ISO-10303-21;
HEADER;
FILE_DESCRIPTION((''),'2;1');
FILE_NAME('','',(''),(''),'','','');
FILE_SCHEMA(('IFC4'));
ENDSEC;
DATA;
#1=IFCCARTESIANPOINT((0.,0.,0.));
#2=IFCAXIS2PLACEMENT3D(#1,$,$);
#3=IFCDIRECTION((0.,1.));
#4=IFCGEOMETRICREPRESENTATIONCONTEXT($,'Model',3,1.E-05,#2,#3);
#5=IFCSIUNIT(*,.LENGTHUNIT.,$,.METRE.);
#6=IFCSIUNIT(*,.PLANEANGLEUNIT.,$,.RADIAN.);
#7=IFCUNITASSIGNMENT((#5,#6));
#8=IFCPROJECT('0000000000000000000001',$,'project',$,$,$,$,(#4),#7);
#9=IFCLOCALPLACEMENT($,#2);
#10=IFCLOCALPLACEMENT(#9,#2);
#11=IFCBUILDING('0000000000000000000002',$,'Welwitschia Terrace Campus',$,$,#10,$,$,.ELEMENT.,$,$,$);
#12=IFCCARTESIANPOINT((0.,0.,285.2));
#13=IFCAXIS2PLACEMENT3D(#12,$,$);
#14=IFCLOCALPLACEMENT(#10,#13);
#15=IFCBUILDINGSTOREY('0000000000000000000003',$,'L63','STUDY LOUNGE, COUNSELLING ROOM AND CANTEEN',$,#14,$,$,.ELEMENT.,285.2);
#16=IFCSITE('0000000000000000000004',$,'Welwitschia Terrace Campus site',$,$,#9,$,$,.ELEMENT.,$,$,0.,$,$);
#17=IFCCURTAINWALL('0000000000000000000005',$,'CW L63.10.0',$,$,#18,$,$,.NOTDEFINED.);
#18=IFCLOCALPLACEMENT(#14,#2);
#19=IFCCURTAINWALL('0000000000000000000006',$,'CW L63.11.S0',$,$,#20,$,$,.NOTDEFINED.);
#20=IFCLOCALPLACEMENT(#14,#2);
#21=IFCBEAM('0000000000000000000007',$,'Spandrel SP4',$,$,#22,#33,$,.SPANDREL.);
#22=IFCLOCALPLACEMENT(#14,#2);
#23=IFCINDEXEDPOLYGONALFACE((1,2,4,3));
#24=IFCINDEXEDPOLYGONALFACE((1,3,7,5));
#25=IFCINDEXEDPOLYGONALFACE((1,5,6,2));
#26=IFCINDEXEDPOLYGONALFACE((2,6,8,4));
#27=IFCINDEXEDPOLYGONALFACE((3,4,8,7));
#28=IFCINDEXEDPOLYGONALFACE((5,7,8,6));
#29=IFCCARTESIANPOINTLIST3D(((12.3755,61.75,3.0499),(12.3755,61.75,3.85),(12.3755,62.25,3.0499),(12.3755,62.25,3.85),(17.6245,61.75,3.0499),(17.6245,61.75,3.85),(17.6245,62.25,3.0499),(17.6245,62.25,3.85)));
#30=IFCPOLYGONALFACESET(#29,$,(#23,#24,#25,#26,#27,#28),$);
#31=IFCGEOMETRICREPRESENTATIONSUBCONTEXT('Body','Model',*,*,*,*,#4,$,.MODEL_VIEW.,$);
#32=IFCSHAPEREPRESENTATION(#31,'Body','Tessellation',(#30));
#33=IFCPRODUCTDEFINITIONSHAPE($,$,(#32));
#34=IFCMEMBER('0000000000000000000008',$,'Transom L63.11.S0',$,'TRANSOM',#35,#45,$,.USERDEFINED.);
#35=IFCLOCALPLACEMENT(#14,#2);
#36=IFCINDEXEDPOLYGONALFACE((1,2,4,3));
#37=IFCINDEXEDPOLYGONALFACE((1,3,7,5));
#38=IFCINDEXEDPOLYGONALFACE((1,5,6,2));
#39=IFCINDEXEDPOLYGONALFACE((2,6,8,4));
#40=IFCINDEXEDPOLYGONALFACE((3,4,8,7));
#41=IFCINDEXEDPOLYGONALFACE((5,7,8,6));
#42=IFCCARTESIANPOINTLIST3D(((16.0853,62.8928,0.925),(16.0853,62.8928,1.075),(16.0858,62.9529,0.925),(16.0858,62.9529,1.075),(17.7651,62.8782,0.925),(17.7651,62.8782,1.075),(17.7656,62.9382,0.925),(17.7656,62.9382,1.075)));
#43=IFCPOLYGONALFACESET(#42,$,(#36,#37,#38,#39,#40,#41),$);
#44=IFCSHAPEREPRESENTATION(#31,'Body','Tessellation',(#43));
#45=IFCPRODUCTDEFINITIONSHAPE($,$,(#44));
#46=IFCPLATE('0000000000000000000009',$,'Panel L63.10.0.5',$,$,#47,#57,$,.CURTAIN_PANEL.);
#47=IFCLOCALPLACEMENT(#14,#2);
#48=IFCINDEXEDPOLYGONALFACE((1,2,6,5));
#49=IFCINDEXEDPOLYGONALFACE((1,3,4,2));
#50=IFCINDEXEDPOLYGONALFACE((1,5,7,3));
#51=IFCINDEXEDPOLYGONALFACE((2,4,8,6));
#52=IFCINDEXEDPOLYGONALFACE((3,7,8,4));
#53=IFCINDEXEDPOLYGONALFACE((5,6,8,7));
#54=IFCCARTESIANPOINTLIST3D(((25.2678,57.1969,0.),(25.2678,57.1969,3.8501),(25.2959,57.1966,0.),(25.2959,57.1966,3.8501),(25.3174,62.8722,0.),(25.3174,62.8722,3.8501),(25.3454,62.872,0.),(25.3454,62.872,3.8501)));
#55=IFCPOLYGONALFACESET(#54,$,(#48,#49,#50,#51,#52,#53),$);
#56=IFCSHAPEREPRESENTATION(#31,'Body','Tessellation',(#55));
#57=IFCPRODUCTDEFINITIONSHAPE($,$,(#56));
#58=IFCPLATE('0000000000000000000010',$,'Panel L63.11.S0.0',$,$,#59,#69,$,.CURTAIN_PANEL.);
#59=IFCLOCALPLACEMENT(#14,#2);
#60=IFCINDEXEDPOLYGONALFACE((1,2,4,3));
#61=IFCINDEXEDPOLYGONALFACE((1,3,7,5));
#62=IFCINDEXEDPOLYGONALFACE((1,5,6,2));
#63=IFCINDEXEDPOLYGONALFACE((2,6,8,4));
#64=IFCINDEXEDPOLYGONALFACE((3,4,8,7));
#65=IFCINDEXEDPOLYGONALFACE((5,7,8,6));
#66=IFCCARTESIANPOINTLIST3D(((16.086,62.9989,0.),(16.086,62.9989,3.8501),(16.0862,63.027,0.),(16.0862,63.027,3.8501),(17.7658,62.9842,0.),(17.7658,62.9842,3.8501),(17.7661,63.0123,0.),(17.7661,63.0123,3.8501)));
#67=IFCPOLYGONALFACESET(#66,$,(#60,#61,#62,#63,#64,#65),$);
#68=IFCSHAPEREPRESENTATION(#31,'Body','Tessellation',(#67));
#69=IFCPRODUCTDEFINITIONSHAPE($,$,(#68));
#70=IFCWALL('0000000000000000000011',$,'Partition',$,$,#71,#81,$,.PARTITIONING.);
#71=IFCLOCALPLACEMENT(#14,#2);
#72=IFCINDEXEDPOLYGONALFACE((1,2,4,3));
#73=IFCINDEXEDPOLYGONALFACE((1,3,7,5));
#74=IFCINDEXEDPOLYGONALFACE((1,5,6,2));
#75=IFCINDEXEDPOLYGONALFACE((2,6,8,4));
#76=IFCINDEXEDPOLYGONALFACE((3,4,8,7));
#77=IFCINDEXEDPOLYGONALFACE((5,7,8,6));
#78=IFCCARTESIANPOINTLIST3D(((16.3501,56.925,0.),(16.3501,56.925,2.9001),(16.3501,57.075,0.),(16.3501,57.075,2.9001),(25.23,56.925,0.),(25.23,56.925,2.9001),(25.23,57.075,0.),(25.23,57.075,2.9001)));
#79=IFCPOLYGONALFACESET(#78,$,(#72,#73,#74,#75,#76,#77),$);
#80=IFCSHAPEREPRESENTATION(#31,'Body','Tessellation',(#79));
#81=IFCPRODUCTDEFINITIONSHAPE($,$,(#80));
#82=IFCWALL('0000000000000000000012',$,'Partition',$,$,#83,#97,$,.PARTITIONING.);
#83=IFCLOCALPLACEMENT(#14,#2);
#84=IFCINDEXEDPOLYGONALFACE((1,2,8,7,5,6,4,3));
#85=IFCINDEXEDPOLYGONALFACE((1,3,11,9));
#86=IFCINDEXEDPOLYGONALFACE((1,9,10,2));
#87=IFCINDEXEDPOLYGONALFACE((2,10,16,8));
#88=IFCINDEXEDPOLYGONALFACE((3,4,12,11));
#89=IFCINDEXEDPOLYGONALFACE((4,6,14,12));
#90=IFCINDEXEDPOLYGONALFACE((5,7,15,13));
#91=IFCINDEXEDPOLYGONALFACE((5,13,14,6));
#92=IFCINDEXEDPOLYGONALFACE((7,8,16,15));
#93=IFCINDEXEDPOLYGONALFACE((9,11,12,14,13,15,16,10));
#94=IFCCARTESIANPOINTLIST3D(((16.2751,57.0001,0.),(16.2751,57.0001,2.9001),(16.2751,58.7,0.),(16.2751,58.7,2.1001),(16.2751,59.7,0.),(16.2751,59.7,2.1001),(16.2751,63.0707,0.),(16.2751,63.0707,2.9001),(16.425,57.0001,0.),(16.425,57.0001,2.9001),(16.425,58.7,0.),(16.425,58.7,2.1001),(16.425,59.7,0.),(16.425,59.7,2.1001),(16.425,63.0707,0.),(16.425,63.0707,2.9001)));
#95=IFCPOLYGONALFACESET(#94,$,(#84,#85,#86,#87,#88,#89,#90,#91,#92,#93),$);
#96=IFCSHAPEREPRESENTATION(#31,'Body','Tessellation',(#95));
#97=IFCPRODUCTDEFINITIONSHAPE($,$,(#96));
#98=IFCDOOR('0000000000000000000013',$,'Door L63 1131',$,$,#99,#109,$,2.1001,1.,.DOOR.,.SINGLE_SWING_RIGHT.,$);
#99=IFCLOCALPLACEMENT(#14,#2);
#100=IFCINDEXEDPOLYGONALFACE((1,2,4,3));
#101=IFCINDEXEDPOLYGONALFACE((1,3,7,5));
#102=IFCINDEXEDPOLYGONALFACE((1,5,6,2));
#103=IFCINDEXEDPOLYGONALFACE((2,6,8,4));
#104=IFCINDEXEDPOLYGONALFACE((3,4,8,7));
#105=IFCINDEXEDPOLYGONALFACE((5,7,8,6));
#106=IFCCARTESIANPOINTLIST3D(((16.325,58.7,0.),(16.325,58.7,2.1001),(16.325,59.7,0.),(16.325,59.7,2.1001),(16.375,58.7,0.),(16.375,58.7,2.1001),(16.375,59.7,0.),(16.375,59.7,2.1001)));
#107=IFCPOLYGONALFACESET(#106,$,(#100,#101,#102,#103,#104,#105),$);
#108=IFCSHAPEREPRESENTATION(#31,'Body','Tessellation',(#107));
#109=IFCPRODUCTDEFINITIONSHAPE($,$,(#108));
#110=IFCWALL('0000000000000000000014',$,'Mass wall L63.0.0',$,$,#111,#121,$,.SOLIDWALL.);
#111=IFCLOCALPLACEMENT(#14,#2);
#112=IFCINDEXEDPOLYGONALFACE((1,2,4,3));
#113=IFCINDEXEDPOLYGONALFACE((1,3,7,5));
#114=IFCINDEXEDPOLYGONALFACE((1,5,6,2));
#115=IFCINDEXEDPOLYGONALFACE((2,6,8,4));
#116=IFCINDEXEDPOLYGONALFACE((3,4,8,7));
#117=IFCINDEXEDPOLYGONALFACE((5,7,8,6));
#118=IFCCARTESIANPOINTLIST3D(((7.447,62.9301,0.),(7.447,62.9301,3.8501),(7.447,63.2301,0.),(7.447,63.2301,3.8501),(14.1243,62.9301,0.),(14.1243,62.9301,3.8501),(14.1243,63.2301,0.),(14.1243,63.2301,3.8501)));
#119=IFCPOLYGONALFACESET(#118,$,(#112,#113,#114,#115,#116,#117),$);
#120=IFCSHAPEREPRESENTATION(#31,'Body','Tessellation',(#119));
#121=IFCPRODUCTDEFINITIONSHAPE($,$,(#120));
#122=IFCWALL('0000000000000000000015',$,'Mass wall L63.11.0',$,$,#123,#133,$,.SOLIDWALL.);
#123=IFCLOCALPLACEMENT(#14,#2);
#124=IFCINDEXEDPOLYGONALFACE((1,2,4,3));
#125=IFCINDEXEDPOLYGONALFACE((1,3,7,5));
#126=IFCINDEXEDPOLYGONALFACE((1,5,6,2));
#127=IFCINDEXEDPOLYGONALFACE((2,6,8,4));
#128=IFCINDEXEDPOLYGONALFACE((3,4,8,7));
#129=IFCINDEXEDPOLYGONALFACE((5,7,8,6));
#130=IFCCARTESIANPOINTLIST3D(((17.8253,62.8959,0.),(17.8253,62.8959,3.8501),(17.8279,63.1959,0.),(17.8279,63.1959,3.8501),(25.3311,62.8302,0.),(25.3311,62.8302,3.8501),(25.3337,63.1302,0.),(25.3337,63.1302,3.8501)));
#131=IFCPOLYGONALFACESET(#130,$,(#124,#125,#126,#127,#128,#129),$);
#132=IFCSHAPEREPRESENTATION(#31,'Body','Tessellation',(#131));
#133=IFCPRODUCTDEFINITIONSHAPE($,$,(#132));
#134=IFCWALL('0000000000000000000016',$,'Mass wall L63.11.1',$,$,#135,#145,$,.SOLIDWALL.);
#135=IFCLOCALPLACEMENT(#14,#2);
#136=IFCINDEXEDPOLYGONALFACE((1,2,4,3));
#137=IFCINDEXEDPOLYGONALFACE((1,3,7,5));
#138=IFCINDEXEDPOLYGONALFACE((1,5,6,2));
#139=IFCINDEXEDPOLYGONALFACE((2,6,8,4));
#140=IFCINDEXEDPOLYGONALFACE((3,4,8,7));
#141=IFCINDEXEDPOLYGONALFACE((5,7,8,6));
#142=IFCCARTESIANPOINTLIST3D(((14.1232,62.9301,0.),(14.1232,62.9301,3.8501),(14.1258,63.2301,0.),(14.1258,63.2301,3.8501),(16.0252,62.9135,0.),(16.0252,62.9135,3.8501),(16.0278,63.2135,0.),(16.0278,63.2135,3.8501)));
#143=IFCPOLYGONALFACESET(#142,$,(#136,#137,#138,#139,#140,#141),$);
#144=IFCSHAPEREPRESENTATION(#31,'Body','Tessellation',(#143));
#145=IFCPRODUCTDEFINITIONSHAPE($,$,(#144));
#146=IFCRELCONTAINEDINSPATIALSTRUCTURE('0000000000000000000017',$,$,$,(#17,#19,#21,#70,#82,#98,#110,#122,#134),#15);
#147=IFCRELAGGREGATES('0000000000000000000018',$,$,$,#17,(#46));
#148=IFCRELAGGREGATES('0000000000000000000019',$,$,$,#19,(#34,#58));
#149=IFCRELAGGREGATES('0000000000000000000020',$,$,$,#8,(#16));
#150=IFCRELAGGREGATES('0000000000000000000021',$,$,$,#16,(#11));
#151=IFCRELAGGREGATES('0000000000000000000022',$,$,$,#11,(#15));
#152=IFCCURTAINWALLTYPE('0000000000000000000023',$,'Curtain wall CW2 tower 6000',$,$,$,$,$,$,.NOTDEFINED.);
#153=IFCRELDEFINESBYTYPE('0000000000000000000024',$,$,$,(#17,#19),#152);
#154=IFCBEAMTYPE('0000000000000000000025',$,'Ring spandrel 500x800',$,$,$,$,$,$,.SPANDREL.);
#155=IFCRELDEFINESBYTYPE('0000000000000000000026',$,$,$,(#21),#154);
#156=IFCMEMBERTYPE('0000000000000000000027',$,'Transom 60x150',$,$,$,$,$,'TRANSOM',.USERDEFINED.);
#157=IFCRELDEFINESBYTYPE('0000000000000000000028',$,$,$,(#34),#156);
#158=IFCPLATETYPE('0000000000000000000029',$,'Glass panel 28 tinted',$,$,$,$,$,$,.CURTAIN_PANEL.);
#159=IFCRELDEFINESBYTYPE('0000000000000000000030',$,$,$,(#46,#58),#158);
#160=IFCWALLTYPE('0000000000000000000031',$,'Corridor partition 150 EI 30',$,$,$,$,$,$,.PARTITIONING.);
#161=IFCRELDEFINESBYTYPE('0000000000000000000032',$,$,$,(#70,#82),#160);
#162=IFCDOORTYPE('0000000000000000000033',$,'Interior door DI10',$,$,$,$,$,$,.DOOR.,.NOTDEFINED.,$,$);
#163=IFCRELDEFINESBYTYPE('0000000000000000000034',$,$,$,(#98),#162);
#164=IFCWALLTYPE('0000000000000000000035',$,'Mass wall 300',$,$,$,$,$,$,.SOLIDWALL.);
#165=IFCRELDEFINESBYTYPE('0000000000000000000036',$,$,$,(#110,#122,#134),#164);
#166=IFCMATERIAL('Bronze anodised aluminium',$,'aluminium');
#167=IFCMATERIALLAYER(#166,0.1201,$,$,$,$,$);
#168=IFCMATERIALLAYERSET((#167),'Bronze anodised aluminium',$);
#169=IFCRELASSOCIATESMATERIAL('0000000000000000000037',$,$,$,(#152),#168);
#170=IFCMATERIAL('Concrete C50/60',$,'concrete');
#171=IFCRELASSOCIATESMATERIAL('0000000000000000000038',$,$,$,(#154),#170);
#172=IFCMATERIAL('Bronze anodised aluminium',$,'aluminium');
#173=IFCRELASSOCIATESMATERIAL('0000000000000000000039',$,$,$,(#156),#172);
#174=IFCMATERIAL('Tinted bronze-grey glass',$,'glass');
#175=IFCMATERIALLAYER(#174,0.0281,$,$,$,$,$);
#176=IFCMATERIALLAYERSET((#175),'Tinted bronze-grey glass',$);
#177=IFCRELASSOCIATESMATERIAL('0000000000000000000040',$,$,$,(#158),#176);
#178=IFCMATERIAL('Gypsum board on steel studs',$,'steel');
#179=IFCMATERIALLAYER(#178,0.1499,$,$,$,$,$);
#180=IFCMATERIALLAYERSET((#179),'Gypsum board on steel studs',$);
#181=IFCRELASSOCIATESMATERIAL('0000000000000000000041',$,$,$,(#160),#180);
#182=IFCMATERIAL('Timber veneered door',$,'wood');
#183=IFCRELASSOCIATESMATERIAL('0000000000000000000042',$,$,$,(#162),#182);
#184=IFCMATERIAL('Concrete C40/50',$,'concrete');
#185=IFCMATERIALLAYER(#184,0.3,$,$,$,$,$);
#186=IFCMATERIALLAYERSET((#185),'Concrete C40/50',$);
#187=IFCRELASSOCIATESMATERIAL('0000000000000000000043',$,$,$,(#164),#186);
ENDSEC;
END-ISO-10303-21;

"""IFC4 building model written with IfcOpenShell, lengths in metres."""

from ifc_helpers import new_model, si_unit, direction, frame, frame_2d, origin, origin_2d, place, context, subcontext, project, spatial, rectangle, extrude, material, layer, layer_set, material_profile, profile_set, type_object, element, fill, aggregate, save


model = new_model("IFC4")

# Units and contexts
model_context = context("Model", 3, precision=1e-05, world=origin(), true_north=direction((0.0, 1.0)))
body_context = subcontext(model_context, "Body", "Model", "MODEL_VIEW")
ifc_project = project(units=[si_unit("LENGTHUNIT", "METRE"), si_unit("PLANEANGLEUNIT", "RADIAN")], contexts=[model_context])

# Site, building, storey
site_placement = place(None, origin())
site = spatial("IfcSite", under=ifc_project, at=site_placement, Name="Welwitschia Terrace Campus site", CompositionType="ELEMENT", RefElevation=0.0)
building_placement = place(site_placement, origin())
building = spatial("IfcBuilding", under=site, at=building_placement, Name="Welwitschia Terrace Campus", CompositionType="ELEMENT")
storey_placement = place(building_placement, frame((0.0, 0.0, 285.2)))
storey = spatial("IfcBuildingStorey", under=building, at=storey_placement, Name="L63", Description="STUDY LOUNGE, COUNSELLING ROOM AND CANTEEN", CompositionType="ELEMENT", Elevation=285.2)

# Curtain walls
ifc_material_1 = material(Name="Bronze anodised aluminium", Category="aluminium")
ifc_layer_1 = layer(ifc_material_1, 0.1201)
ifc_layer_set_1 = layer_set([ifc_layer_1], Name="Bronze anodised aluminium")
curtain_wall_type = type_object("IfcCurtainWallType", Name="Curtain wall CW2 tower 6000", PredefinedType="NOTDEFINED", material=ifc_layer_set_1)
curtain_wall_1_placement = place(storey_placement, origin())
curtain_wall_1 = element("IfcCurtainWall", 1, at=curtain_wall_1_placement, inside=storey, type_object=curtain_wall_type, Name="CW L63.10.0", PredefinedType="NOTDEFINED")
curtain_wall_2_placement = place(storey_placement, origin())
curtain_wall_2 = element("IfcCurtainWall", 2, at=curtain_wall_2_placement, inside=storey, type_object=curtain_wall_type, Name="CW L63.11.S0", PredefinedType="NOTDEFINED")

# Beam
ifc_material_2 = material(Name="Concrete C50/60", Category="concrete")
ifc_material_profile_1 = material_profile(ifc_material_2, rectangle(XDim=0.5, YDim=0.8, at=origin_2d()))
ifc_profile_set_1 = profile_set([ifc_material_profile_1], Name="Concrete C50/60")
beam_type_1 = type_object("IfcBeamType", Name="Ring spandrel 500x800", PredefinedType="SPANDREL", material=ifc_profile_set_1)
beam_1_placement = place(storey_placement, frame((17.6245, 62.0, 3.45), z_axis=(-1.0, 0.0, 0.0), x_axis=(0.0, -1.0, 0.0)))
element("IfcBeam", 3, at=beam_1_placement, inside=storey, type_object=beam_type_1, Name="Spandrel SP4", PredefinedType="SPANDREL", context=body_context, shape_type="SweptSolid", body=[
    extrude(rectangle(XDim=0.5, YDim=0.8, at=origin_2d()), origin(), (0.0, 0.0, 1.0), 5.249),
])

# Member
ifc_material_3 = material(Name="Bronze anodised aluminium", Category="aluminium")
ifc_material_profile_2 = material_profile(ifc_material_3, rectangle(XDim=0.0601, YDim=0.1499, at=origin_2d()))
ifc_profile_set_2 = profile_set([ifc_material_profile_2], Name="Bronze anodised aluminium")
member_type_1 = type_object("IfcMemberType", Name="Transom 60x150", ElementType="TRANSOM", PredefinedType="USERDEFINED", material=ifc_profile_set_2)
member_1_placement = place(storey_placement, frame((17.7654, 62.9082, 1.0), z_axis=(-0.999962, 0.008719, 0.0), x_axis=(-0.008719, -0.999962, 0.0)))
member_1 = element("IfcMember", 4, at=member_1_placement, type_object=member_type_1, Name="Transom L63.11.S0", ObjectType="TRANSOM", PredefinedType="USERDEFINED", context=body_context, shape_type="SweptSolid", body=[
    extrude(rectangle(XDim=0.0601, YDim=0.1499, at=origin_2d()), origin(), (0.0, 0.0, 1.0), 1.6799),
])

# Plates
ifc_material_4 = material(Name="Tinted bronze-grey glass", Category="glass")
ifc_layer_2 = layer(ifc_material_4, 0.0281)
ifc_layer_set_2 = layer_set([ifc_layer_2], Name="Tinted bronze-grey glass")
plate_type = type_object("IfcPlateType", Name="Glass panel 28 tinted", PredefinedType="CURTAIN_PANEL", material=ifc_layer_set_2)
plate_1_placement = place(storey_placement, frame((25.3066, 60.0344, 0.0), z_axis=(0.0, 0.0, 1.0), x_axis=(0.008727, 0.999962, 0.0)))
plate_1 = element("IfcPlate", 5, at=plate_1_placement, type_object=plate_type, Name="Panel L63.10.0.5", PredefinedType="CURTAIN_PANEL", context=body_context, shape_type="SweptSolid", body=[
    extrude(rectangle(XDim=5.6755, YDim=0.0281, at=origin_2d()), origin(), (0.0, 0.0, 1.0), 3.8501),
])
aggregate(curtain_wall_1, [plate_1])
plate_2_placement = place(storey_placement, frame((16.926, 63.0056, 0.0), z_axis=(0.0, 0.0, 1.0), x_axis=(-0.999962, 0.008727, 0.0)))
plate_2 = element("IfcPlate", 6, at=plate_2_placement, type_object=plate_type, Name="Panel L63.11.S0.0", PredefinedType="CURTAIN_PANEL", context=body_context, shape_type="SweptSolid", body=[
    extrude(rectangle(XDim=1.6799, YDim=0.0281, at=origin_2d()), origin(), (0.0, 0.0, 1.0), 3.8501),
])
aggregate(curtain_wall_2, [member_1, plate_2])

# Wall
ifc_material_5 = material(Name="Gypsum board on steel studs", Category="steel")
ifc_layer_3 = layer(ifc_material_5, 0.1499)
ifc_layer_set_3 = layer_set([ifc_layer_3], Name="Gypsum board on steel studs")
wall_type_1 = type_object("IfcWallType", Name="Corridor partition 150 EI 30", PredefinedType="PARTITIONING", material=ifc_layer_set_3)
wall_1_placement = place(storey_placement, frame((16.3501, 57.0, 0.0), z_axis=(0.0, 0.0, 1.0), x_axis=(1.0, 0.0, 0.0)))
element("IfcWall", 7, at=wall_1_placement, inside=storey, type_object=wall_type_1, Name="Partition", PredefinedType="PARTITIONING", context=body_context, shape_type="SweptSolid", body=[
    extrude(rectangle(XDim=8.8799, YDim=0.1499, at=frame_2d((4.4399, 0.0))), origin(), (0.0, 0.0, 1.0), 2.9001),
])

# Wall, opening, door
wall_2_placement = place(storey_placement, frame((16.3501, 63.0706, 0.0), z_axis=(0.0, 0.0, 1.0), x_axis=(0.0, -1.0, 0.0)))
wall_2 = element("IfcWall", 8, at=wall_2_placement, inside=storey, type_object=wall_type_1, Name="Partition", PredefinedType="PARTITIONING", context=body_context, shape_type="SweptSolid", body=[
    extrude(rectangle(XDim=6.0706, YDim=0.1499, at=frame_2d((3.0352, 0.0))), origin(), (0.0, 0.0, 1.0), 2.9001),
])
opening_placement = place(wall_2_placement, frame((3.3706, 0.0, 0.0)))
opening = element("IfcOpeningElement", 9, at=opening_placement, cuts=wall_2, PredefinedType="OPENING", context=body_context, shape_type="SweptSolid", body=[
    extrude(rectangle(XDim=1.0, YDim=2.1001, at=frame_2d((0.5, 1.05))), frame((0.0, 0.085, 0.0), z_axis=(0.0, -1.0, 0.0), x_axis=(1.0, 0.0, 0.0)), (0.0, 0.0, 1.0), 0.1699),
])
ifc_material_6 = material(Name="Timber veneered door", Category="wood")
door_type = type_object("IfcDoorType", Name="Interior door DI10", OperationType="NOTDEFINED", PredefinedType="DOOR", material=ifc_material_6)
door_placement = place(opening_placement, origin())
door = element("IfcDoor", 10, at=door_placement, inside=storey, type_object=door_type, Name="Door L63 1131", OperationType="SINGLE_SWING_RIGHT", OverallHeight=2.1001, OverallWidth=1.0, PredefinedType="DOOR", context=body_context, shape_type="SweptSolid", body=[
    extrude(rectangle(XDim=1.0, YDim=2.1001, at=frame_2d((0.5, 1.05))), frame((0.0, 0.0249, 0.0), z_axis=(0.0, -1.0, 0.0), x_axis=(1.0, 0.0, 0.0)), (0.0, 0.0, 1.0), 0.05),
])
fill(opening, door)

# Walls
ifc_material_7 = material(Name="Concrete C40/50", Category="concrete")
ifc_layer_4 = layer(ifc_material_7, 0.3)
ifc_layer_set_4 = layer_set([ifc_layer_4], Name="Concrete C40/50")
wall_type_2 = type_object("IfcWallType", Name="Mass wall 300", PredefinedType="SOLIDWALL", material=ifc_layer_set_4)
wall_3_placement = place(storey_placement, frame((14.1243, 63.0801, 0.0), z_axis=(0.0, 0.0, 1.0), x_axis=(-1.0, 0.0, 0.0)))
element("IfcWall", 11, at=wall_3_placement, inside=storey, type_object=wall_type_2, Name="Mass wall L63.0.0", PredefinedType="SOLIDWALL", context=body_context, shape_type="SweptSolid", body=[
    extrude(rectangle(XDim=6.6772, YDim=0.3, at=frame_2d((3.3386, 0.0))), origin(), (0.0, 0.0, 1.0), 3.8501),
])
wall_4_placement = place(storey_placement, frame((25.3323, 62.9802, 0.0), z_axis=(0.0, 0.0, 1.0), x_axis=(-0.999962, 0.008749, 0.0)))
element("IfcWall", 12, at=wall_4_placement, inside=storey, type_object=wall_type_2, Name="Mass wall L63.11.0", PredefinedType="SOLIDWALL", context=body_context, shape_type="SweptSolid", body=[
    extrude(rectangle(XDim=7.5061, YDim=0.3, at=frame_2d((3.7529, 0.0))), origin(), (0.0, 0.0, 1.0), 3.8501),
])
wall_5_placement = place(storey_placement, frame((16.0266, 63.0635, 0.0), z_axis=(0.0, 0.0, 1.0), x_axis=(-0.999962, 0.008728, 0.0)))
element("IfcWall", 13, at=wall_5_placement, inside=storey, type_object=wall_type_2, Name="Mass wall L63.11.1", PredefinedType="SOLIDWALL", context=body_context, shape_type="SweptSolid", body=[
    extrude(rectangle(XDim=1.9021, YDim=0.3, at=frame_2d((0.9512, 0.0))), origin(), (0.0, 0.0, 1.0), 3.8501),
])

save(model, "model.ifc")
